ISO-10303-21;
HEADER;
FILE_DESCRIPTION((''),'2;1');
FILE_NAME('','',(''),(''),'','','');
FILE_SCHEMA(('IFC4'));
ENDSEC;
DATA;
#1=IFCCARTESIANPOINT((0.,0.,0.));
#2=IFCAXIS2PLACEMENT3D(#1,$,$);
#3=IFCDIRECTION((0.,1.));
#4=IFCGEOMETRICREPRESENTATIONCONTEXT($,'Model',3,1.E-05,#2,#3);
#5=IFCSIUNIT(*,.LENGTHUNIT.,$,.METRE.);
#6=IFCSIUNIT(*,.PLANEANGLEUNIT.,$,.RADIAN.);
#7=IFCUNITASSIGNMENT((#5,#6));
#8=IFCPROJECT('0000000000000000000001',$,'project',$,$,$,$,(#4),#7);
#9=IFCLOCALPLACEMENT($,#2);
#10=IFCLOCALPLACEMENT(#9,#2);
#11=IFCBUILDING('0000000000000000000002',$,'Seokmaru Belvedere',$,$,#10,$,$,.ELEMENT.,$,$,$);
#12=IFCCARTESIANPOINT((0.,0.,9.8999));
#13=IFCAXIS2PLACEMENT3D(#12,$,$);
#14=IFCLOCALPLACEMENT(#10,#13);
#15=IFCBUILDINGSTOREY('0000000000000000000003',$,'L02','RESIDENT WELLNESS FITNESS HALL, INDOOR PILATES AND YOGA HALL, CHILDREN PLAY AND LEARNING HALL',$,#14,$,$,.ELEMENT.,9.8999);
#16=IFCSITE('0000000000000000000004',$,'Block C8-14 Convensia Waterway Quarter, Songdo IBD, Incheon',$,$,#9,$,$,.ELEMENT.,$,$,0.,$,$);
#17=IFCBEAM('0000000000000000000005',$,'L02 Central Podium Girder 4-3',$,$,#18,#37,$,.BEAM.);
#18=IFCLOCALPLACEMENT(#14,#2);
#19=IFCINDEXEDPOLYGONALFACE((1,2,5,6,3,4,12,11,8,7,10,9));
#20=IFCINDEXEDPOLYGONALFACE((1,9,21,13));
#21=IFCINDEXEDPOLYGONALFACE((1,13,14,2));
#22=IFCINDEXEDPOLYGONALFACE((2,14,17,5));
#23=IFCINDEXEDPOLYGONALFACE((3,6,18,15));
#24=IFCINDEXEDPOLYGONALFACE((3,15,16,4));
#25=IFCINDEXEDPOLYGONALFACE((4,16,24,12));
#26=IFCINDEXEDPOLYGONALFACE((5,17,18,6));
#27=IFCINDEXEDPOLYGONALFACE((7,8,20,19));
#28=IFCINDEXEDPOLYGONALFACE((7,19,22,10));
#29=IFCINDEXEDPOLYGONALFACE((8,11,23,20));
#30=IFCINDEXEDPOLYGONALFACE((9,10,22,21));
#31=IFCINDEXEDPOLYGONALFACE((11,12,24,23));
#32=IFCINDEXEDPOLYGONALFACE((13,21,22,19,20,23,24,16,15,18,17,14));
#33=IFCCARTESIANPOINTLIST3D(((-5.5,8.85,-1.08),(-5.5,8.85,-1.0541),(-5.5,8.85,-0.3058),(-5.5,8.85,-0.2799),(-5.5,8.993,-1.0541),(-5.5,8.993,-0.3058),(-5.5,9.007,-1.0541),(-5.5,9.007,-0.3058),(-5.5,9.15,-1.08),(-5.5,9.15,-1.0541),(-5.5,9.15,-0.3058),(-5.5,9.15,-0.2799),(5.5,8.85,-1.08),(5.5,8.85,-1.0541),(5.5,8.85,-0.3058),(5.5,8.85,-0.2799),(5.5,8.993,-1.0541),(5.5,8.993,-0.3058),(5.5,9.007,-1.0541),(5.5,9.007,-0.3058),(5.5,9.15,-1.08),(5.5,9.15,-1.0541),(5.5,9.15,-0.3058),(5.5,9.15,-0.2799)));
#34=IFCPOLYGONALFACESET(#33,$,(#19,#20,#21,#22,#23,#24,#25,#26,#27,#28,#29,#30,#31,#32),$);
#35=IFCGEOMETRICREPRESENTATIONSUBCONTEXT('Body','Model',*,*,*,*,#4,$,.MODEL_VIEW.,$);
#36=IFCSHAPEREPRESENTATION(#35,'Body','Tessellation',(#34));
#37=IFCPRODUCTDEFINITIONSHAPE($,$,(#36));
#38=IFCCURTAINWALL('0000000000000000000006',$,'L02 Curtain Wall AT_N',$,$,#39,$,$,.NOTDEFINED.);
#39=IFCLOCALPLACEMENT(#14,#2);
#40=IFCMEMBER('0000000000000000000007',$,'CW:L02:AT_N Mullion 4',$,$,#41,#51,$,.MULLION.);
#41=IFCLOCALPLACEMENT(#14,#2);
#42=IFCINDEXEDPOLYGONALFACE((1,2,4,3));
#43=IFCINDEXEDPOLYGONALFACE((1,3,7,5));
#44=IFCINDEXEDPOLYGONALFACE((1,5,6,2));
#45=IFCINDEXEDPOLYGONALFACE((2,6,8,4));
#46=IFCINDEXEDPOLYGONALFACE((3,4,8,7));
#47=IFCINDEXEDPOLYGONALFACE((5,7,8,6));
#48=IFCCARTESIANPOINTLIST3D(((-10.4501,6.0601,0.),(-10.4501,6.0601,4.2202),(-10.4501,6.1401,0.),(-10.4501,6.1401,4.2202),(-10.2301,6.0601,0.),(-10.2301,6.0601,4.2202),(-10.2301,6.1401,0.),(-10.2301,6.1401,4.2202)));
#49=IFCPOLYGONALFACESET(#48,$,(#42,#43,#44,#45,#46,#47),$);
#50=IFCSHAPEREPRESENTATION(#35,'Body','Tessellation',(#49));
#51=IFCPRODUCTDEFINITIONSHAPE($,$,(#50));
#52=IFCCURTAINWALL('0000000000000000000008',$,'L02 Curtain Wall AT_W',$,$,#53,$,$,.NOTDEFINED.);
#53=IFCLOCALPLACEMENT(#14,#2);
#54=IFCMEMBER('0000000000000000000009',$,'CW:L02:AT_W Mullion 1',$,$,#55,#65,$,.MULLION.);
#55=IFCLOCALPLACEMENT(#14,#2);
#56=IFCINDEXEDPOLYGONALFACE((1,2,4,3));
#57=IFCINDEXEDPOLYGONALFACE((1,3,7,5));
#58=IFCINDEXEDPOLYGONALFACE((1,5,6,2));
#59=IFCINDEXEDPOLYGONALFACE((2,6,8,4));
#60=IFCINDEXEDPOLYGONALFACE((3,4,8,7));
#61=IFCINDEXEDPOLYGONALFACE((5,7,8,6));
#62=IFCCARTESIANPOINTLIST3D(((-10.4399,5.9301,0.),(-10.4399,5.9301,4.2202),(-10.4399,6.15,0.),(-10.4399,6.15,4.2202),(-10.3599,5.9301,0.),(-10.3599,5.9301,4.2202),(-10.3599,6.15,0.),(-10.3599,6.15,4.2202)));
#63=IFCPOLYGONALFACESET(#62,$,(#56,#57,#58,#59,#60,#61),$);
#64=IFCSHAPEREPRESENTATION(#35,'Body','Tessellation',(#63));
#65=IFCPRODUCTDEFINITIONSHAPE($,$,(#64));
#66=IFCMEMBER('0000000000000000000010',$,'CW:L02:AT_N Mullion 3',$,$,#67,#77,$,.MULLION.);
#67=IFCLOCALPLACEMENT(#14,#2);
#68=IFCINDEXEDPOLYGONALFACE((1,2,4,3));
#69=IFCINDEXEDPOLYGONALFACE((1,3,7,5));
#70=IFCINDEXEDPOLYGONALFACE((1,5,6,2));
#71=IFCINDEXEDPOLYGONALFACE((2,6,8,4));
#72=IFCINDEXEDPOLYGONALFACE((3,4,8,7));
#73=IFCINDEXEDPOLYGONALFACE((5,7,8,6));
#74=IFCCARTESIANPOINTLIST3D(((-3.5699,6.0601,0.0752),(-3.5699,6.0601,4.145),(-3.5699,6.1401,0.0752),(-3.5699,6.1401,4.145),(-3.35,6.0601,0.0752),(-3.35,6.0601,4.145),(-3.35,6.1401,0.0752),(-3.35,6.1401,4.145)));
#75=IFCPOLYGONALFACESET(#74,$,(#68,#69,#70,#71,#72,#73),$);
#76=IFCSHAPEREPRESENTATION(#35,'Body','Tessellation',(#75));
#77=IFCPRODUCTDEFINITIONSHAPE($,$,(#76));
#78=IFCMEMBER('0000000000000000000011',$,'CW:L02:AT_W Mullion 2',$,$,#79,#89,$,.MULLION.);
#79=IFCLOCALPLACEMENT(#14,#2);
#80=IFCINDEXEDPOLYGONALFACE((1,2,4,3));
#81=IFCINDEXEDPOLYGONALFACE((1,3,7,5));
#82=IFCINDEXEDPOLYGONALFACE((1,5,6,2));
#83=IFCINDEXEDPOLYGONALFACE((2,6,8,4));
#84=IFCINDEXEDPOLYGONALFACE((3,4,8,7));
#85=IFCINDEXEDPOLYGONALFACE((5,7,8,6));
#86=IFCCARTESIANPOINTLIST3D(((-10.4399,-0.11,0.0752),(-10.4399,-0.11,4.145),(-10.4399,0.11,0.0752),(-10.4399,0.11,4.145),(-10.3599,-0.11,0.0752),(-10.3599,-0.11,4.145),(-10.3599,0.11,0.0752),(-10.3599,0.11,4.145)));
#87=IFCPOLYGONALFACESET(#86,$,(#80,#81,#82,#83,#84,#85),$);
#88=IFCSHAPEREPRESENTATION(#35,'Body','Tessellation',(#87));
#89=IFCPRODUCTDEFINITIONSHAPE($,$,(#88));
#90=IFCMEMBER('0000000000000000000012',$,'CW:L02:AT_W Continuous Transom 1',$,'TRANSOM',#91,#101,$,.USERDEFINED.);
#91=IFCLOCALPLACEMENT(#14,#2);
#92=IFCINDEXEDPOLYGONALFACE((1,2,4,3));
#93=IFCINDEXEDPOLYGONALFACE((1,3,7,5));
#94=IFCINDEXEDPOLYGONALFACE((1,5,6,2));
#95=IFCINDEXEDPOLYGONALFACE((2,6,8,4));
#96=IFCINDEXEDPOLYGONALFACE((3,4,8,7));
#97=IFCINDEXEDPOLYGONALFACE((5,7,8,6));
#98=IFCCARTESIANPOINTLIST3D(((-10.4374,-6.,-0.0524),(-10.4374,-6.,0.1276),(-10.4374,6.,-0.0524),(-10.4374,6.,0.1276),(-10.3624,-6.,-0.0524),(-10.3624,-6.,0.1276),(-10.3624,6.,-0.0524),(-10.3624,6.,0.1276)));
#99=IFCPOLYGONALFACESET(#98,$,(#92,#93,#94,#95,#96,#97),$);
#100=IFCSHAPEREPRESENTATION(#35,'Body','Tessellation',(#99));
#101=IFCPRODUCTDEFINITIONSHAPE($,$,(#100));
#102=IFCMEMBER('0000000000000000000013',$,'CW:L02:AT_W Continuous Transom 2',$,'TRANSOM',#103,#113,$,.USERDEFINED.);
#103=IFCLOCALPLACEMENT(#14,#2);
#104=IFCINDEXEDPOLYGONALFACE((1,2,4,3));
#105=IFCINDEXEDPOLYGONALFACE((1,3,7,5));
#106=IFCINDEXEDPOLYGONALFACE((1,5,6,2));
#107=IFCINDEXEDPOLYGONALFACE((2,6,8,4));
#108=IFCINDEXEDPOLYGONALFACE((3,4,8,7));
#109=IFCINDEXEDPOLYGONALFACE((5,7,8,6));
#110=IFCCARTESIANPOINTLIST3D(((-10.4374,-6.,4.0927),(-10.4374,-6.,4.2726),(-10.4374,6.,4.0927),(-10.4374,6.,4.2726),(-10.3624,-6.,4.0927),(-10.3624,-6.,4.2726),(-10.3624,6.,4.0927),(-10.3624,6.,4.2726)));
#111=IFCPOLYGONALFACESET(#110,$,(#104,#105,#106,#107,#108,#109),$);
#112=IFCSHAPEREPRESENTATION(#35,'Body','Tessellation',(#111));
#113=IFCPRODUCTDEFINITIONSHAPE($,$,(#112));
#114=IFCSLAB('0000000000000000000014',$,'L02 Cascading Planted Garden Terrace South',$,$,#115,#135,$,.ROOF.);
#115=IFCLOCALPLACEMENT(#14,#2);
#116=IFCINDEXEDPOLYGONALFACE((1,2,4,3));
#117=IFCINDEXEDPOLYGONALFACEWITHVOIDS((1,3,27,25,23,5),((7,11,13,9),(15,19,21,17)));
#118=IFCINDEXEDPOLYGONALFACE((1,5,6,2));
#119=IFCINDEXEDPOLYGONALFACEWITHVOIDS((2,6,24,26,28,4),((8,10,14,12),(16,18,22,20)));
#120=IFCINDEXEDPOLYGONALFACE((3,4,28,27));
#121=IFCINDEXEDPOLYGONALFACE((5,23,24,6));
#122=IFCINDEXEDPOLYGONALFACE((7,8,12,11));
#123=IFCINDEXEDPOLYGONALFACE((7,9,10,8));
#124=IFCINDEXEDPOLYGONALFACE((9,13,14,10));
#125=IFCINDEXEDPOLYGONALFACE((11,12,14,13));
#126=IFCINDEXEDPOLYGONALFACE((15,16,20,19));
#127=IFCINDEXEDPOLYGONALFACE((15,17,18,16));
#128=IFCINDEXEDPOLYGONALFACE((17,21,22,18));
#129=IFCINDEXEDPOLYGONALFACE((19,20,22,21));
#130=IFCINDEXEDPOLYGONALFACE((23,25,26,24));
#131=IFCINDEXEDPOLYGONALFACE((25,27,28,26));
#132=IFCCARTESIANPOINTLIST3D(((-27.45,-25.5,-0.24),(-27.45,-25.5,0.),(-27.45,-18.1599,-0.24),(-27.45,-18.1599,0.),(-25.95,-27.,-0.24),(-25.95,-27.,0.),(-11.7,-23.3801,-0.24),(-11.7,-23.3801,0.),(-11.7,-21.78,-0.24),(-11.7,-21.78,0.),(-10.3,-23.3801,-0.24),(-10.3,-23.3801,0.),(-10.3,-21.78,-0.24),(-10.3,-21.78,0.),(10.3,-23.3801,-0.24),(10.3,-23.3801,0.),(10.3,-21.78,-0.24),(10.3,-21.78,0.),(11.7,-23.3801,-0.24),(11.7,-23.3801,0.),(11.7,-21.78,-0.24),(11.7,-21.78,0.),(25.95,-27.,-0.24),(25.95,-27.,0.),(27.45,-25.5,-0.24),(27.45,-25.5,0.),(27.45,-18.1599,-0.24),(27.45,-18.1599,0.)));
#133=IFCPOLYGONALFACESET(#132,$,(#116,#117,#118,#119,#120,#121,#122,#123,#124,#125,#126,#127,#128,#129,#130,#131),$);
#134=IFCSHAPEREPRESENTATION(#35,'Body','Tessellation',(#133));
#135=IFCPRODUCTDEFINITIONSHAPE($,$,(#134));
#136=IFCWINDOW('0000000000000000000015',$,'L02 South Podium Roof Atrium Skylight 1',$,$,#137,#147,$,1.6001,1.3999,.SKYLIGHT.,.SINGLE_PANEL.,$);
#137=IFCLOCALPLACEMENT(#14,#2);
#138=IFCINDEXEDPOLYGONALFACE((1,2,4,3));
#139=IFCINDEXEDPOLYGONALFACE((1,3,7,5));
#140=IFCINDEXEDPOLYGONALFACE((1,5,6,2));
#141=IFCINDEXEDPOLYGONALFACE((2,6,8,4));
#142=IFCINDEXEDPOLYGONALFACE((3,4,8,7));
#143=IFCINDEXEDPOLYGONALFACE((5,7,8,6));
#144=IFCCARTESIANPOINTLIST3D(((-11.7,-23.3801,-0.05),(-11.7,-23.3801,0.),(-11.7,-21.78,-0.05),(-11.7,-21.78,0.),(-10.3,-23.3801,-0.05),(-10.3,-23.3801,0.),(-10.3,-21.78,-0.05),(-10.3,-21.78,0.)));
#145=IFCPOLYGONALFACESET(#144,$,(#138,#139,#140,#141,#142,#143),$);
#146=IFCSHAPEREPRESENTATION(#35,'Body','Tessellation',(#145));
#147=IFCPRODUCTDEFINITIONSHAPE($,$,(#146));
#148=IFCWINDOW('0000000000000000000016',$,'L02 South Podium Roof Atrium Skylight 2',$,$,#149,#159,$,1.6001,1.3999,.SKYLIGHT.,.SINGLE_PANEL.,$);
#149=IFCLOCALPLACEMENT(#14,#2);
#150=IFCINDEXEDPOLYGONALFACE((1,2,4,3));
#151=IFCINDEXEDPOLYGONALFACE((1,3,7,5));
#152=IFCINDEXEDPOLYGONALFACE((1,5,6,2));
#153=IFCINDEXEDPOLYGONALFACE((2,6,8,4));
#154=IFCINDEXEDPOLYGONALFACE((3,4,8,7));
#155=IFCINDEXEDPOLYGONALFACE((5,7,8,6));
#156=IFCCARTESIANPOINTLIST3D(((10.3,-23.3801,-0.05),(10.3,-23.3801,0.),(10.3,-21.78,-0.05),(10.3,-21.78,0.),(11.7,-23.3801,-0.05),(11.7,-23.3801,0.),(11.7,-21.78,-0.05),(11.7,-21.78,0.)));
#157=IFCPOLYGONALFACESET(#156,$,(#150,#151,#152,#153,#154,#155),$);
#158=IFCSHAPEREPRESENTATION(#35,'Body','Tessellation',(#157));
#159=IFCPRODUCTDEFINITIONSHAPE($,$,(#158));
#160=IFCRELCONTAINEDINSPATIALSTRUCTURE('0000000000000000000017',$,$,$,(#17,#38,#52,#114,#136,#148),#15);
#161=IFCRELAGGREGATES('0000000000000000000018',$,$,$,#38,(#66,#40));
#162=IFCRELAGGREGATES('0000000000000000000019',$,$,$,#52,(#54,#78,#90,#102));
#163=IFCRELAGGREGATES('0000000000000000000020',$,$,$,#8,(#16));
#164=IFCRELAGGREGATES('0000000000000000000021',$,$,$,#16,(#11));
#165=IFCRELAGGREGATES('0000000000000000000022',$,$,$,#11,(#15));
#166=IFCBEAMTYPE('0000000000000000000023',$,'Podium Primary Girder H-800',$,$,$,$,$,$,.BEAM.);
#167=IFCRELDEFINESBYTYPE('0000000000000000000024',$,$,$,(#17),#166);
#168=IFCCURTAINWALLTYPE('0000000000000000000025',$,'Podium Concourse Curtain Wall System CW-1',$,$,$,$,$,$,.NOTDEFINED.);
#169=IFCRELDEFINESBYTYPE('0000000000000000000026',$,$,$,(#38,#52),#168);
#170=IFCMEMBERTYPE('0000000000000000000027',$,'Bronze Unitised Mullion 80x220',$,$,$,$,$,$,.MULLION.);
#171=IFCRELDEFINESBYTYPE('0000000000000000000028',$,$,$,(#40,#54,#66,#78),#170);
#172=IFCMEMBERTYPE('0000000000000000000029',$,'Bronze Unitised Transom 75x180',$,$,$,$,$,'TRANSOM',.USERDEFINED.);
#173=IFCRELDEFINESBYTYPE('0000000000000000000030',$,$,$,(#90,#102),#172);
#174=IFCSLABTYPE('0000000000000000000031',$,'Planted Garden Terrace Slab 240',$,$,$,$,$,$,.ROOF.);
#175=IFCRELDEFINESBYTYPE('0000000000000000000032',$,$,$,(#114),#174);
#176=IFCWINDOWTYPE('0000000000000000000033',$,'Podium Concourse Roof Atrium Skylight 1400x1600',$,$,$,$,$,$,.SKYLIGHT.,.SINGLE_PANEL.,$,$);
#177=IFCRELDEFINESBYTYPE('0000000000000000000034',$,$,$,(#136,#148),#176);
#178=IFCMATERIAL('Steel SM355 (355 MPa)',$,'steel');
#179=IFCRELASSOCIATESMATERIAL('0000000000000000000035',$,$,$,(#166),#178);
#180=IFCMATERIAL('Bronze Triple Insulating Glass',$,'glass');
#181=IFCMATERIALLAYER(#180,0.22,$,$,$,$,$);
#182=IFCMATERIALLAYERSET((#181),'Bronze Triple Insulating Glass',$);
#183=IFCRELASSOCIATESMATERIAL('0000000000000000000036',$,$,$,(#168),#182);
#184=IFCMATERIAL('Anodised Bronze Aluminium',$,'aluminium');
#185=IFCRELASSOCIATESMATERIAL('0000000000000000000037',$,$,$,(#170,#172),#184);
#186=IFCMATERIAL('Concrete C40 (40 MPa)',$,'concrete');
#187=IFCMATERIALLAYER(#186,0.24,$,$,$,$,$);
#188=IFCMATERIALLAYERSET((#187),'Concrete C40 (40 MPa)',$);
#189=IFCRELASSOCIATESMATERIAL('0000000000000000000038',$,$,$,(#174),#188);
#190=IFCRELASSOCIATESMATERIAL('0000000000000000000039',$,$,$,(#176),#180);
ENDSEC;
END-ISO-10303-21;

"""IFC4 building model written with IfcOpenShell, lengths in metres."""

from ifc_helpers import new_model, si_unit, direction, frame, origin, origin_2d, place, context, subcontext, project, spatial, polyline, rectangle, i_section, outline, extrude, source, transform, mapped, material, layer, layer_set, material_profile, profile_set, type_object, type_shapes, element, fill, aggregate, save


model = new_model("IFC4")

# Units and contexts
model_context = context("Model", 3, precision=1e-05, world=origin(), true_north=direction((0.0, 1.0)))
body_context = subcontext(model_context, "Body", "Model", "MODEL_VIEW")
ifc_project = project(units=[si_unit("LENGTHUNIT", "METRE"), si_unit("PLANEANGLEUNIT", "RADIAN")], contexts=[model_context])

# Site, building, storey
site_placement = place(None, origin())
site = spatial("IfcSite", under=ifc_project, at=site_placement, Name="Block C8-14 Convensia Waterway Quarter, Songdo IBD, Incheon", CompositionType="ELEMENT", RefElevation=0.0)
building_placement = place(site_placement, origin())
building = spatial("IfcBuilding", under=site, at=building_placement, Name="Seokmaru Belvedere", CompositionType="ELEMENT")
storey_placement = place(building_placement, frame((0.0, 0.0, 9.8999)))
storey = spatial("IfcBuildingStorey", under=building, at=storey_placement, Name="L02", Description="RESIDENT WELLNESS FITNESS HALL, INDOOR PILATES AND YOGA HALL, CHILDREN PLAY AND LEARNING HALL", CompositionType="ELEMENT", Elevation=9.8999)

# Shared definitions
ifc_material_1 = material(Name="Steel SM355 (355 MPa)", Category="steel")

# Beam
ifc_material_profile_1 = material_profile(ifc_material_1, i_section(OverallWidth=0.3, OverallDepth=0.8, WebThickness=0.0139, FlangeThickness=0.0259, at=origin_2d()), Name="H-800x300x14x26")
ifc_profile_set_1 = profile_set([ifc_material_profile_1], Name="Steel SM355 (355 MPa)")
beam_type_1 = type_object("IfcBeamType", Name="Podium Primary Girder H-800", PredefinedType="BEAM", material=ifc_profile_set_1)
shared_shape_1 = source(origin(), body_context, "Body", "SweptSolid", [
    extrude(i_section(OverallWidth=0.3, OverallDepth=0.8, WebThickness=0.0139, FlangeThickness=0.0259, at=origin_2d()), origin(), (0.0, 0.0, 1.0), 11.0),
])
for number, where, z_axis, x_axis, name in (
    (1, (-5.5, 9.0, -0.6799), (1.0, 0.0, 0.0), (0.0, 1.0, 0.0), "L02 Central Podium Girder 4-3"),
):
    element("IfcBeam", number, at=place(storey_placement, frame(where, z_axis=z_axis, x_axis=x_axis)), inside=storey, type_object=beam_type_1, Name=name, PredefinedType="BEAM", context=body_context, shape_type="MappedRepresentation", body=[
        mapped(shared_shape_1, transform((0.0, 0.0, 0.0), scale=1.0)),
    ])

# Curtain walls, members
ifc_material_2 = material(Name="Bronze Triple Insulating Glass", Category="glass")
ifc_layer_1 = layer(ifc_material_2, 0.22)
ifc_layer_set_1 = layer_set([ifc_layer_1], Name="Bronze Triple Insulating Glass")
curtain_wall_type = type_object("IfcCurtainWallType", Name="Podium Concourse Curtain Wall System CW-1", PredefinedType="NOTDEFINED", material=ifc_layer_set_1)
curtain_wall_1_placement = place(storey_placement, origin())
curtain_wall_1 = element("IfcCurtainWall", 2, at=curtain_wall_1_placement, inside=storey, type_object=curtain_wall_type, Name="L02 Curtain Wall AT_N", PredefinedType="NOTDEFINED")
ifc_material_3 = material(Name="Anodised Bronze Aluminium", Category="aluminium")
ifc_material_profile_2 = material_profile(ifc_material_3, rectangle(XDim=0.0801, YDim=0.22, at=origin_2d()), Name="CW-M-80x220")
ifc_profile_set_2 = profile_set([ifc_material_profile_2], Name="Anodised Bronze Aluminium")
member_type_1 = type_object("IfcMemberType", Name="Bronze Unitised Mullion 80x220", PredefinedType="MULLION", material=ifc_profile_set_2)
shared_shape_2 = source(origin(), body_context, "Body", "SweptSolid", [
    extrude(rectangle(XDim=0.0801, YDim=0.22, at=origin_2d()), origin(), (0.0, 0.0, 1.0), 4.2202),
])
member_1_placement = place(storey_placement, frame((-10.3401, 6.1001, 0.0), z_axis=(0.0, 0.0, 1.0), x_axis=(0.0, -1.0, 0.0)))
member_1 = element("IfcMember", 3, at=member_1_placement, type_object=member_type_1, Name="CW:L02:AT_N Mullion 4", PredefinedType="MULLION", context=body_context, shape_type="MappedRepresentation", body=[
    mapped(shared_shape_2, transform((0.0, 0.0, 0.0), scale=1.0)),
])
curtain_wall_2_placement = place(storey_placement, origin())
curtain_wall_2 = element("IfcCurtainWall", 4, at=curtain_wall_2_placement, inside=storey, type_object=curtain_wall_type, Name="L02 Curtain Wall AT_W", PredefinedType="NOTDEFINED")
member_2_placement = place(storey_placement, frame((-10.3999, 6.04, 0.0), z_axis=(0.0, 0.0, 1.0), x_axis=(1.0, 0.0, 0.0)))
member_2 = element("IfcMember", 5, at=member_2_placement, type_object=member_type_1, Name="CW:L02:AT_W Mullion 1", PredefinedType="MULLION", context=body_context, shape_type="MappedRepresentation", body=[
    mapped(shared_shape_2, transform((0.0, 0.0, 0.0), scale=1.0)),
])

# Members
shared_shape_3 = source(origin(), body_context, "Body", "SweptSolid", [
    extrude(rectangle(XDim=0.0801, YDim=0.22, at=origin_2d()), origin(), (0.0, 0.0, 1.0), 4.0698),
])
type_shapes(member_type_1, [shared_shape_2, shared_shape_3])
member_3_placement = place(storey_placement, frame((-3.46, 6.1001, 0.0752), z_axis=(0.0, 0.0, 1.0), x_axis=(0.0, -1.0, 0.0)))
member_3 = element("IfcMember", 6, at=member_3_placement, type_object=member_type_1, Name="CW:L02:AT_N Mullion 3", PredefinedType="MULLION", context=body_context, shape_type="MappedRepresentation", body=[
    mapped(shared_shape_3, transform((0.0, 0.0, 0.0), scale=1.0)),
])
member_4_placement = place(storey_placement, frame((-10.3999, 0.0, 0.0752), z_axis=(0.0, 0.0, 1.0), x_axis=(1.0, 0.0, 0.0)))
member_4 = element("IfcMember", 7, at=member_4_placement, type_object=member_type_1, Name="CW:L02:AT_W Mullion 2", PredefinedType="MULLION", context=body_context, shape_type="MappedRepresentation", body=[
    mapped(shared_shape_3, transform((0.0, 0.0, 0.0), scale=1.0)),
])
ifc_material_profile_3 = material_profile(ifc_material_3, rectangle(XDim=0.075, YDim=0.1799, at=origin_2d()), Name="CW-T-75x180")
ifc_profile_set_3 = profile_set([ifc_material_profile_3], Name="Anodised Bronze Aluminium")
member_type_2 = type_object("IfcMemberType", Name="Bronze Unitised Transom 75x180", ElementType="TRANSOM", PredefinedType="USERDEFINED", material=ifc_profile_set_3)
shared_shape_4 = source(origin(), body_context, "Body", "SweptSolid", [
    extrude(rectangle(XDim=0.075, YDim=0.1799, at=origin_2d()), origin(), (0.0, 0.0, 1.0), 12.0),
])
type_shapes(member_type_2, [shared_shape_4])
member_5_placement = place(storey_placement, frame((-10.3999, 6.0, 0.0376), z_axis=(0.0, -1.0, 0.0), x_axis=(1.0, 0.0, 0.0)))
member_5 = element("IfcMember", 8, at=member_5_placement, type_object=member_type_2, Name="CW:L02:AT_W Continuous Transom 1", ObjectType="TRANSOM", PredefinedType="USERDEFINED", context=body_context, shape_type="MappedRepresentation", body=[
    mapped(shared_shape_4, transform((0.0, 0.0, 0.0), scale=1.0)),
])
member_6_placement = place(storey_placement, frame((-10.3999, 6.0, 4.1826), z_axis=(0.0, -1.0, 0.0), x_axis=(1.0, 0.0, 0.0)))
member_6 = element("IfcMember", 9, at=member_6_placement, type_object=member_type_2, Name="CW:L02:AT_W Continuous Transom 2", ObjectType="TRANSOM", PredefinedType="USERDEFINED", context=body_context, shape_type="MappedRepresentation", body=[
    mapped(shared_shape_4, transform((0.0, 0.0, 0.0), scale=1.0)),
])

# Slab, openings, windows
ifc_material_4 = material(Name="Concrete C40 (40 MPa)", Category="concrete")
ifc_layer_2 = layer(ifc_material_4, 0.24)
ifc_layer_set_2 = layer_set([ifc_layer_2], Name="Concrete C40 (40 MPa)")
slab_type_1 = type_object("IfcSlabType", Name="Planted Garden Terrace Slab 240", PredefinedType="ROOF", material=ifc_layer_set_2)
slab_1_placement = place(storey_placement, frame((0.0, 0.0, -0.24)))
slab_1 = element("IfcSlab", 10, at=slab_1_placement, inside=storey, type_object=slab_type_1, Name="L02 Cascading Planted Garden Terrace South", PredefinedType="ROOF", context=body_context, shape_type="SweptSolid", body=[
    extrude(outline(polyline([(-25.95, -27.0), (25.95, -27.0), (27.45, -25.5), (27.45, -18.1599), (-27.45, -18.1599), (-27.45, -25.5), (-25.95, -27.0)])), origin(), (0.0, 0.0, 1.0), 0.24),
])
opening_1_placement = place(slab_1_placement, frame((-11.0, -22.5801, -0.01)))
opening_1 = element("IfcOpeningElement", 11, at=opening_1_placement, cuts=slab_1, PredefinedType="OPENING", context=body_context, shape_type="SweptSolid", body=[
    extrude(rectangle(XDim=1.3999, YDim=1.6001, at=origin_2d()), origin(), (0.0, 0.0, 1.0), 0.26),
])
opening_2_placement = place(slab_1_placement, frame((11.0, -22.5801, -0.01)))
opening_2 = element("IfcOpeningElement", 12, at=opening_2_placement, cuts=slab_1, PredefinedType="OPENING", context=body_context, shape_type="SweptSolid", body=[
    extrude(rectangle(XDim=1.3999, YDim=1.6001, at=origin_2d()), origin(), (0.0, 0.0, 1.0), 0.26),
])
window_type = type_object("IfcWindowType", Name="Podium Concourse Roof Atrium Skylight 1400x1600", PartitioningType="SINGLE_PANEL", PredefinedType="SKYLIGHT", material=ifc_material_2)
window_1_placement = place(opening_1_placement, frame((0.0, 0.0, 0.2)))
window_1 = element("IfcWindow", 13, at=window_1_placement, inside=storey, type_object=window_type, Name="L02 South Podium Roof Atrium Skylight 1", OverallHeight=1.6001, OverallWidth=1.3999, PartitioningType="SINGLE_PANEL", PredefinedType="SKYLIGHT", context=body_context, shape_type="SweptSolid", body=[
    extrude(rectangle(XDim=1.3999, YDim=1.6001, at=origin_2d()), origin(), (0.0, 0.0, 1.0), 0.05),
])
fill(opening_1, window_1)
window_2_placement = place(opening_2_placement, frame((0.0, 0.0, 0.2)))
window_2 = element("IfcWindow", 14, at=window_2_placement, inside=storey, type_object=window_type, Name="L02 South Podium Roof Atrium Skylight 2", OverallHeight=1.6001, OverallWidth=1.3999, PartitioningType="SINGLE_PANEL", PredefinedType="SKYLIGHT", context=body_context, shape_type="SweptSolid", body=[
    extrude(rectangle(XDim=1.3999, YDim=1.6001, at=origin_2d()), origin(), (0.0, 0.0, 1.0), 0.05),
])
fill(opening_2, window_2)

aggregate(curtain_wall_1, [member_3, member_1])
aggregate(curtain_wall_2, [member_2, member_4, member_5, member_6])

save(model, "model.ifc")
